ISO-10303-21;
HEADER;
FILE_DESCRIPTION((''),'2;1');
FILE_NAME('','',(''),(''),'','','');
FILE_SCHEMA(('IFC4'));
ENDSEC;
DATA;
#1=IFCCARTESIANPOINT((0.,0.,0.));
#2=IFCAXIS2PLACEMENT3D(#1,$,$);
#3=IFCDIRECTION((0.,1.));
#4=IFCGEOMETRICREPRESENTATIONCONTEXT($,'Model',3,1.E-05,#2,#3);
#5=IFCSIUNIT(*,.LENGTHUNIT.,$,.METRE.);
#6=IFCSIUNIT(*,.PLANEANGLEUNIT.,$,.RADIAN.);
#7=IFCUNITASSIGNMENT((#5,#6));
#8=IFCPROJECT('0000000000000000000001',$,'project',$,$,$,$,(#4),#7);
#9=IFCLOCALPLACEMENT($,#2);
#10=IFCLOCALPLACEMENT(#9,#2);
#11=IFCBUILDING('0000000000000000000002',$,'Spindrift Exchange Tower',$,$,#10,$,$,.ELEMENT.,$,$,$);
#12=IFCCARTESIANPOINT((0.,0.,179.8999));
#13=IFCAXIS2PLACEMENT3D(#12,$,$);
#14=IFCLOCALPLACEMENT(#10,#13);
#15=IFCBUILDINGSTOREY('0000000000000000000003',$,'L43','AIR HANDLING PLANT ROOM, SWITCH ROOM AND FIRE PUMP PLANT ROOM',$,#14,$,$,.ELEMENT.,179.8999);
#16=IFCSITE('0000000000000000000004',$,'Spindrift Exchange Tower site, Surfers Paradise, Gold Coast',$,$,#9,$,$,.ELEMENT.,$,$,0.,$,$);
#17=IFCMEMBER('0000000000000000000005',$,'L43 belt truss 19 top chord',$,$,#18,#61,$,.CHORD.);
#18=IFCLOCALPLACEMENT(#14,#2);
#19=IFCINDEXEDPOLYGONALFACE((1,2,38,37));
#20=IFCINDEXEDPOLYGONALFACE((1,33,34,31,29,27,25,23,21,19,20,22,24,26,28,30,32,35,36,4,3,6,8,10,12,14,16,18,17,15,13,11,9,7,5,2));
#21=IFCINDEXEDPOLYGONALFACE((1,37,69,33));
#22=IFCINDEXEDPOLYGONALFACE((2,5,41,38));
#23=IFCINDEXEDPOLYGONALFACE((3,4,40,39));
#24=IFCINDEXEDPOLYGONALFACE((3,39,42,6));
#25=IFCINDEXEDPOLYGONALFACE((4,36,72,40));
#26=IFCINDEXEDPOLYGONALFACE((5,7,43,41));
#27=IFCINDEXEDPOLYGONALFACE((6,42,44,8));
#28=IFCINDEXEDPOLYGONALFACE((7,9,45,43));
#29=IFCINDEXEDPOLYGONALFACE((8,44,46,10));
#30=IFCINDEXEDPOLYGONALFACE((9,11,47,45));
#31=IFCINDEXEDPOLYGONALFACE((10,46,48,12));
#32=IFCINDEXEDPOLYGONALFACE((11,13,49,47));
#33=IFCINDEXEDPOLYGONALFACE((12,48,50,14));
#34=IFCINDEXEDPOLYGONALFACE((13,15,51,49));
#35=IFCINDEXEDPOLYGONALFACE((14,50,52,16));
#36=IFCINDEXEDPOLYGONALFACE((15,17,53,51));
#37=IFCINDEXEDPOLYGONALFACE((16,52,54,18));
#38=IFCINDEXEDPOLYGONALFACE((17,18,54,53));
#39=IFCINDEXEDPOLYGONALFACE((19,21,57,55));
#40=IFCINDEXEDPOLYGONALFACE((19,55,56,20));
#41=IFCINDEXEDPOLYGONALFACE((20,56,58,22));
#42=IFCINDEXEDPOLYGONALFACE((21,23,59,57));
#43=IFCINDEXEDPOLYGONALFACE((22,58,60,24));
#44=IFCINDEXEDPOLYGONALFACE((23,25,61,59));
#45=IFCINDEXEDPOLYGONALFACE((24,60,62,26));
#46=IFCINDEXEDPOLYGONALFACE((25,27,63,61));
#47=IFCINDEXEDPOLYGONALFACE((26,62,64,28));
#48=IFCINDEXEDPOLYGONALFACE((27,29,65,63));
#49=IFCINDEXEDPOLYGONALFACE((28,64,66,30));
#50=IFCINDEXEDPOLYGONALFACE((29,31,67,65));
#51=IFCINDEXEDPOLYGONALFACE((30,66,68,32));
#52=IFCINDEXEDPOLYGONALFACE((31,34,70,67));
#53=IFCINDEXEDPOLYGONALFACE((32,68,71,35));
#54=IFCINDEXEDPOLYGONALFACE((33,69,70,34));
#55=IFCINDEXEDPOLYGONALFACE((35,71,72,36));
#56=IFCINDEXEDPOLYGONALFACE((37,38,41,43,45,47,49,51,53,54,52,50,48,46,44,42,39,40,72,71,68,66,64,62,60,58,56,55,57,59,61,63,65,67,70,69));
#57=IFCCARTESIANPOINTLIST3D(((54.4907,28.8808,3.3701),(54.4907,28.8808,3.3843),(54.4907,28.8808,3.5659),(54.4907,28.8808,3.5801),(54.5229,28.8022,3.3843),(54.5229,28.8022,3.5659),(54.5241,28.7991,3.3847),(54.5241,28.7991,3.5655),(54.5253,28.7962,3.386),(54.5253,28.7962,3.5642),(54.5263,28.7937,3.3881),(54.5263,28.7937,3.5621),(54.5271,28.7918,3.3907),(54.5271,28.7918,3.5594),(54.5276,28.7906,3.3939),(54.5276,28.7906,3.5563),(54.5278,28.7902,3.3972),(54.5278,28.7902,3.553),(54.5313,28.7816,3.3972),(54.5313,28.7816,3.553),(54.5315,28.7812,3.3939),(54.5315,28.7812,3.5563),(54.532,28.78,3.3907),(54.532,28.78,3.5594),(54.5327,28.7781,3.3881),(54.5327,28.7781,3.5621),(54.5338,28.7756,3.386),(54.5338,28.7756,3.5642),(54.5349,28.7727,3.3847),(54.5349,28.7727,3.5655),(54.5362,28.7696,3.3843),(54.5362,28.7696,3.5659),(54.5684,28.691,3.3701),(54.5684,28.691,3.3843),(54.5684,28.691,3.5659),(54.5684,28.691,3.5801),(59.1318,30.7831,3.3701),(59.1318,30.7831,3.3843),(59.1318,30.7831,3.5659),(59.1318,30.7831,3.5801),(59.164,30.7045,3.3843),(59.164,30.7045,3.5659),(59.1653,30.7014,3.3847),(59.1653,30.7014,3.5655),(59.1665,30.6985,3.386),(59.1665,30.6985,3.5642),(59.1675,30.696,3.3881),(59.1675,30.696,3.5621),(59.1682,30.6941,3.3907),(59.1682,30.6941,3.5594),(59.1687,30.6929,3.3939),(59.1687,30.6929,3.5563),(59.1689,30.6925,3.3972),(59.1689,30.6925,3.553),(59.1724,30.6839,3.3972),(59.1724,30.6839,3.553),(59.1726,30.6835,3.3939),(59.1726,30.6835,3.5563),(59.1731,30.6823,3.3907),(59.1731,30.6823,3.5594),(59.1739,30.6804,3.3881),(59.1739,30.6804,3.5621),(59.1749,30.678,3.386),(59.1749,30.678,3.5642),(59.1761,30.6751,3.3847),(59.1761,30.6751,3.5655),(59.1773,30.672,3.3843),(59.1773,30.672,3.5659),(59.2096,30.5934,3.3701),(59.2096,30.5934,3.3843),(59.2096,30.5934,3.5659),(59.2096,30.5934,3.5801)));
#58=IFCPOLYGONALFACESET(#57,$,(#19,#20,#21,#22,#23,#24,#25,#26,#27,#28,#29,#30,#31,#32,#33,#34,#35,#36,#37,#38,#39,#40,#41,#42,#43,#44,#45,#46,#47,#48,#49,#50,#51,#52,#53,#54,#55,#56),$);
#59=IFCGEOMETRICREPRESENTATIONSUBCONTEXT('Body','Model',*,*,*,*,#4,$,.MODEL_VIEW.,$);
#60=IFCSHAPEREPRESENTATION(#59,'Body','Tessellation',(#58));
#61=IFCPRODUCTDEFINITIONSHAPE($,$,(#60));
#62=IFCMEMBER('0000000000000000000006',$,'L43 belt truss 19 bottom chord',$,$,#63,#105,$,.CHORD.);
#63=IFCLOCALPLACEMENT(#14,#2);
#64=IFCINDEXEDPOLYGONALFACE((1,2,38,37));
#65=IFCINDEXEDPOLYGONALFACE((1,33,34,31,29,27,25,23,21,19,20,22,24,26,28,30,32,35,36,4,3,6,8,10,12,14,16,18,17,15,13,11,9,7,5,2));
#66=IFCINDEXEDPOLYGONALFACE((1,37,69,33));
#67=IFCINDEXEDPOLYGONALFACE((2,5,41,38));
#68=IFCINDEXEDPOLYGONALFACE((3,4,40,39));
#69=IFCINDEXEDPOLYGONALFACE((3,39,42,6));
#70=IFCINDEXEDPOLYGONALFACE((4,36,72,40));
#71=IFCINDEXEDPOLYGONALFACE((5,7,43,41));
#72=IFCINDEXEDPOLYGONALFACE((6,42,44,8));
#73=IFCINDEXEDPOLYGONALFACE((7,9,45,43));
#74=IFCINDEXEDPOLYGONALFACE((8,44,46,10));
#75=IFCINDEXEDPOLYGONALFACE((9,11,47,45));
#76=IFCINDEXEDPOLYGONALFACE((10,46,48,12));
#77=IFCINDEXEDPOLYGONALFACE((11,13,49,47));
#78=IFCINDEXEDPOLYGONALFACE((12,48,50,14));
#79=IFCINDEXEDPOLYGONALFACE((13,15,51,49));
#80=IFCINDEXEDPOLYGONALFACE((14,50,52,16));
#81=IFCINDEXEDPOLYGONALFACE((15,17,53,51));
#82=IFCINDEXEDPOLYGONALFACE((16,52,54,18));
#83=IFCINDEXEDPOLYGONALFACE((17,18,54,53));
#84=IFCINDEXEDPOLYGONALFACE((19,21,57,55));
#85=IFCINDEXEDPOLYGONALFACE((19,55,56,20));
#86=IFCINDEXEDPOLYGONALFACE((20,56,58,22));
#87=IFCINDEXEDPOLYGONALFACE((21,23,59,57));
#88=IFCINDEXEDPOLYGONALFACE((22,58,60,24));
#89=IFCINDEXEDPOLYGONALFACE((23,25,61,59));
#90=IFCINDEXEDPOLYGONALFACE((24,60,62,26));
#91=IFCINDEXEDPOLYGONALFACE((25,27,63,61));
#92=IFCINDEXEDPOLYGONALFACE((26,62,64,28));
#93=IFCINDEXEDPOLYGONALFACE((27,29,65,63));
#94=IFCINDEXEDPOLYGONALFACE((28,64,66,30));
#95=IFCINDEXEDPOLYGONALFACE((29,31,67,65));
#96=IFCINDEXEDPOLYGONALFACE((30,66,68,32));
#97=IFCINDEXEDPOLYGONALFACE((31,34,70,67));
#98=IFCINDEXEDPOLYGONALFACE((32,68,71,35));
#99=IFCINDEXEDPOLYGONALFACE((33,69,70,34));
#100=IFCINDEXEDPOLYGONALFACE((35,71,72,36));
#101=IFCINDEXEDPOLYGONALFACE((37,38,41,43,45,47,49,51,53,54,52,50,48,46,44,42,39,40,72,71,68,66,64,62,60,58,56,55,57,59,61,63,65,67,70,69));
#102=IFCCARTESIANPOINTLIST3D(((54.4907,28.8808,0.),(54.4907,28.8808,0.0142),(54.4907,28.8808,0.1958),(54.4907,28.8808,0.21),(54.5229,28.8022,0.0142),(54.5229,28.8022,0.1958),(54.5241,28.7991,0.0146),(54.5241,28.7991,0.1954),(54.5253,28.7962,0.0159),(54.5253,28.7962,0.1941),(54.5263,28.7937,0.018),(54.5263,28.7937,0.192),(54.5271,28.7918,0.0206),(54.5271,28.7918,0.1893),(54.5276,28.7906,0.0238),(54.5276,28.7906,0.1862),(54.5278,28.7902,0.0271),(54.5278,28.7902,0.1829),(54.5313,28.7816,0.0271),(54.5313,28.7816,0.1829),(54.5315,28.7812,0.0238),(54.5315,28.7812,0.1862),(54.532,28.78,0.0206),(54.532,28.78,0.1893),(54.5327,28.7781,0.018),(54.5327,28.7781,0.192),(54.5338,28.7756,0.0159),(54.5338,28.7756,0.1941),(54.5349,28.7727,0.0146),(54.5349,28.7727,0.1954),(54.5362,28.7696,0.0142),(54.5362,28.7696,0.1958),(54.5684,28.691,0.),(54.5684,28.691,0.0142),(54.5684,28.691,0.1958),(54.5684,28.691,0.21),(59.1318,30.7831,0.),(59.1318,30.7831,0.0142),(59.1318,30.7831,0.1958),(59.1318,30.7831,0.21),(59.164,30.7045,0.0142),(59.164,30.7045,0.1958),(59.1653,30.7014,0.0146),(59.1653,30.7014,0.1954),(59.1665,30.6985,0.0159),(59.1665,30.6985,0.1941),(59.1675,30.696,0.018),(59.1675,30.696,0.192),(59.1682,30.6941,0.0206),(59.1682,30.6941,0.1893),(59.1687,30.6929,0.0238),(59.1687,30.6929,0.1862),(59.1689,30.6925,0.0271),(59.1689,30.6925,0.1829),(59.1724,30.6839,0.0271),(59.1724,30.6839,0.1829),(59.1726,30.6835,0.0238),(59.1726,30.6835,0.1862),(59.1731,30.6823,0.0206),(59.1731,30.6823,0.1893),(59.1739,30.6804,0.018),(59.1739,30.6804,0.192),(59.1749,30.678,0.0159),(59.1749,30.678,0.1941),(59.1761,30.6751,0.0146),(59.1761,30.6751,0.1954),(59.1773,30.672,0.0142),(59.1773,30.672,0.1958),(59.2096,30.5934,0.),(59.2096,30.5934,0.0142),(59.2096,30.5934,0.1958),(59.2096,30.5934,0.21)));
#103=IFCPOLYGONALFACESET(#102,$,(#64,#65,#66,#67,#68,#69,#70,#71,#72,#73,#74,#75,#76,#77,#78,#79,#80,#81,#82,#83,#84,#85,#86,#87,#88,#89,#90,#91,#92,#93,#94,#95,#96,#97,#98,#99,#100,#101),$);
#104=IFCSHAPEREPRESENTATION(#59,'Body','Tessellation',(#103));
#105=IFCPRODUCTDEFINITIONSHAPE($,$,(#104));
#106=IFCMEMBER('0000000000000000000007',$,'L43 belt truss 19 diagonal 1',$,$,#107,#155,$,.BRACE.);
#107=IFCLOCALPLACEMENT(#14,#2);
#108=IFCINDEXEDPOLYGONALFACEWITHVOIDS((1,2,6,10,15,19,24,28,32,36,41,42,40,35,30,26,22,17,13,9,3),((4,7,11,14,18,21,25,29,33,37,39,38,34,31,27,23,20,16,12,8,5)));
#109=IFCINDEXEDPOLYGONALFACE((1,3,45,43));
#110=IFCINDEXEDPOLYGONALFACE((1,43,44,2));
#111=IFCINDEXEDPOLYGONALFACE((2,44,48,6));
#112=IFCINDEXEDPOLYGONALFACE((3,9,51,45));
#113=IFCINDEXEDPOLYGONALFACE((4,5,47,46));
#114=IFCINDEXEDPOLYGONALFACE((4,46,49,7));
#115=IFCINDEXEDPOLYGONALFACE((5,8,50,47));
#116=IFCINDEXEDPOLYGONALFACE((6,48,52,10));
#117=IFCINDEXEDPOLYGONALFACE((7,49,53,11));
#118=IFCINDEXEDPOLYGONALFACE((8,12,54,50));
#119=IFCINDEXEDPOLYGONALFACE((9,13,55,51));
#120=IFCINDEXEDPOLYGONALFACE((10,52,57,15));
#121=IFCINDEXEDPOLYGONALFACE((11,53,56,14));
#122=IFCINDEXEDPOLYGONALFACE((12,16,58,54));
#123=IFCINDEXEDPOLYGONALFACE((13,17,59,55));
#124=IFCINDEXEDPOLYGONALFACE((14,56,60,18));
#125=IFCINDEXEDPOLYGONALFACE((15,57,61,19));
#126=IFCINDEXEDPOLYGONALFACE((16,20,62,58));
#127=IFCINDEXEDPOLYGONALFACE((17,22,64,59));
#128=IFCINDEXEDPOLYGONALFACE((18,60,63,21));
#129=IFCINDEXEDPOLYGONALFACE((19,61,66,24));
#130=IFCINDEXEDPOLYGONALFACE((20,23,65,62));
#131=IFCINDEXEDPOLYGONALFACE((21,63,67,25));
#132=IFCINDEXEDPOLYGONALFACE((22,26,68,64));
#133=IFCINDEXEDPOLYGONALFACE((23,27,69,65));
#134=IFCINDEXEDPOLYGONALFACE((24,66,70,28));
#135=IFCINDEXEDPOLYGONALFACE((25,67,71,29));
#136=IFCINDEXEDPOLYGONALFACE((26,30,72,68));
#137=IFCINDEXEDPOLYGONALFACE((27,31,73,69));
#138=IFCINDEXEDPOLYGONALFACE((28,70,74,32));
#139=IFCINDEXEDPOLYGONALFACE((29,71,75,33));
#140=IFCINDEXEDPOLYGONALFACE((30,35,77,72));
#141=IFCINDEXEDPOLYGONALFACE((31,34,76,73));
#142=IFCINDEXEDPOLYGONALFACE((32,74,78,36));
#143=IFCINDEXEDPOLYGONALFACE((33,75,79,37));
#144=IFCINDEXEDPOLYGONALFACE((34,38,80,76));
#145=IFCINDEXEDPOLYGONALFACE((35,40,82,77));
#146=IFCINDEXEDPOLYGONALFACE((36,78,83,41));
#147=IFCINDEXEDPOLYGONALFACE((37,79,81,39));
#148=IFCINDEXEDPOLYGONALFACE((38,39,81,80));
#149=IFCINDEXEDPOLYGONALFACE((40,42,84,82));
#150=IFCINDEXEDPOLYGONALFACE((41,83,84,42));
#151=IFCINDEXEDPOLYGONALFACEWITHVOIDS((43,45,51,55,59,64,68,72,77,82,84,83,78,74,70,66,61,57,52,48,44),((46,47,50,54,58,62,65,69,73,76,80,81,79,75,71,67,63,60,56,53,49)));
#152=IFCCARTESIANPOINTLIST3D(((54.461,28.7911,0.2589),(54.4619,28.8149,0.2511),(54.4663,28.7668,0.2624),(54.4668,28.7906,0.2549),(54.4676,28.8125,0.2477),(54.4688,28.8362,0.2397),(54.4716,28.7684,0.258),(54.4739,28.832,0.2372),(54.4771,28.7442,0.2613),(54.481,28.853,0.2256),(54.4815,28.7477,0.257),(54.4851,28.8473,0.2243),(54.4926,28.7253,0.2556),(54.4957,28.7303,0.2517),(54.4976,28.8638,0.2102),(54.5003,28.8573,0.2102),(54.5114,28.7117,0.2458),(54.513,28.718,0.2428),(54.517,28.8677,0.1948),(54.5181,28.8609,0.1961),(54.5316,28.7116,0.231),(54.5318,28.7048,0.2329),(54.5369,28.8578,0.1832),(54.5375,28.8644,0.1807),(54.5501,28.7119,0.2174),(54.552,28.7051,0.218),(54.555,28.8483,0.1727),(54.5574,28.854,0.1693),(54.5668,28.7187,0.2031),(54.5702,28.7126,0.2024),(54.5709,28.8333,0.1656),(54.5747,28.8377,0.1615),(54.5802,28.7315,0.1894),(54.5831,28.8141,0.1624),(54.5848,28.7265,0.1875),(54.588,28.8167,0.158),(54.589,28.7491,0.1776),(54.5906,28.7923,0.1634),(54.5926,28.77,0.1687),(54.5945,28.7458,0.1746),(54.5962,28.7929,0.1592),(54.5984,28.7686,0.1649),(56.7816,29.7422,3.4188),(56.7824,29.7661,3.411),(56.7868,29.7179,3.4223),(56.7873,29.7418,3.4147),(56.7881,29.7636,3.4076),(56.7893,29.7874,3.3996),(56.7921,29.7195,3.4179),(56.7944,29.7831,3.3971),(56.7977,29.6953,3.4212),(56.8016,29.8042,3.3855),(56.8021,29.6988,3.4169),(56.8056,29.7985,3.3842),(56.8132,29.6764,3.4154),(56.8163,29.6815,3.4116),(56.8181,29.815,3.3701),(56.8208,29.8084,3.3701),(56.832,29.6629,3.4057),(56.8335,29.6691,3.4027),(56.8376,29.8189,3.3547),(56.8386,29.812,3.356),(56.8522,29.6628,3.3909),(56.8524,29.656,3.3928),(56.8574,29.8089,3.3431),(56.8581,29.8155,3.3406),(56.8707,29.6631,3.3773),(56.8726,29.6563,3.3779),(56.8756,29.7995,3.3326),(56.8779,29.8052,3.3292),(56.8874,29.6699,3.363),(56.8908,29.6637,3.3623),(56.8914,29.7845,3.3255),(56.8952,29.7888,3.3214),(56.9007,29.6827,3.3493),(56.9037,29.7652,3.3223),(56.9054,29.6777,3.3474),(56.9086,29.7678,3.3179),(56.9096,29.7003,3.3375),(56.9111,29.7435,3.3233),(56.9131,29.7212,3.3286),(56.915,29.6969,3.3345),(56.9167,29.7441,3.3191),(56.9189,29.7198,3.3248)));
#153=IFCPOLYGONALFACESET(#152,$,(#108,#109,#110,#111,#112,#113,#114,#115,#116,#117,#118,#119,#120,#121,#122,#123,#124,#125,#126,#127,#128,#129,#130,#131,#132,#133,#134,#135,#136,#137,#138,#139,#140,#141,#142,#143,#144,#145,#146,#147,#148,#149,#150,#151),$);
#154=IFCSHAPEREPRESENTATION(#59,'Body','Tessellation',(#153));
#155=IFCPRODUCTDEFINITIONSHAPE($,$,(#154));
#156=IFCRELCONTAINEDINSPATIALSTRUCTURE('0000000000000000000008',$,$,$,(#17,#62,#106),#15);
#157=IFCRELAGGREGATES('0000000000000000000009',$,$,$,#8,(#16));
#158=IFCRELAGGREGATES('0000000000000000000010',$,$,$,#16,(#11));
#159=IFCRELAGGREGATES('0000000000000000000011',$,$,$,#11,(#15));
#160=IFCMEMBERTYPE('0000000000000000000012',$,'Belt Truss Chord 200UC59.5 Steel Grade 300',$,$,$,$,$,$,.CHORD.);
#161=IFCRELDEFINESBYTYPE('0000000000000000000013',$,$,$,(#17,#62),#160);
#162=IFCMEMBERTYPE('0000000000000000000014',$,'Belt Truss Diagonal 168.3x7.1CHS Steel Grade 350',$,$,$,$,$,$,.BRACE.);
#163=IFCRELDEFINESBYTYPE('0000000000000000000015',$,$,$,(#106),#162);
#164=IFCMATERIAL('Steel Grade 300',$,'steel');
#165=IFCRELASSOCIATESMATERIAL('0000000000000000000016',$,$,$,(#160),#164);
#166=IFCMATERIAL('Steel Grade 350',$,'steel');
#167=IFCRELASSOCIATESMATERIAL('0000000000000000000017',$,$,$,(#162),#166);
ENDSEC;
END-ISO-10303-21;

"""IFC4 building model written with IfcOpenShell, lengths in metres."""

from ifc_helpers import new_model, si_unit, direction, frame, origin, origin_2d, place, context, subcontext, project, spatial, hollow_circle, i_section, extrude, source, transform, mapped, material, material_profile, profile_set, type_object, element, save


model = new_model("IFC4")

# Units and contexts
model_context = context("Model", 3, precision=1e-05, world=origin(), true_north=direction((0.0, 1.0)))
body_context = subcontext(model_context, "Body", "Model", "MODEL_VIEW")
ifc_project = project(units=[si_unit("LENGTHUNIT", "METRE"), si_unit("PLANEANGLEUNIT", "RADIAN")], contexts=[model_context])

# Site, building, storey
site_placement = place(None, origin())
site = spatial("IfcSite", under=ifc_project, at=site_placement, Name="Spindrift Exchange Tower site, Surfers Paradise, Gold Coast", CompositionType="ELEMENT", RefElevation=0.0)
building_placement = place(site_placement, origin())
building = spatial("IfcBuilding", under=site, at=building_placement, Name="Spindrift Exchange Tower", CompositionType="ELEMENT")
storey_placement = place(building_placement, frame((0.0, 0.0, 179.8999)))
storey = spatial("IfcBuildingStorey", under=building, at=storey_placement, Name="L43", Description="AIR HANDLING PLANT ROOM, SWITCH ROOM AND FIRE PUMP PLANT ROOM", CompositionType="ELEMENT", Elevation=179.8999)

# Shared definitions
ifc_material_1 = material(Name="Steel Grade 300", Category="steel")

# Members
ifc_material_profile_1 = material_profile(ifc_material_1, i_section(OverallWidth=0.2051, OverallDepth=0.21, WebThickness=0.0093, FlangeThickness=0.0142, FilletRadius=0.0129, at=origin_2d()), Name="200UC59.5")
ifc_profile_set_1 = profile_set([ifc_material_profile_1], Name="Steel Grade 300")
member_type_1 = type_object("IfcMemberType", Name="Belt Truss Chord 200UC59.5 Steel Grade 300", PredefinedType="CHORD", material=ifc_profile_set_1)
shared_shape_1 = source(origin(), body_context, "Body", "SweptSolid", [
    extrude(i_section(OverallWidth=0.2051, OverallDepth=0.21, WebThickness=0.0093, FlangeThickness=0.0142, FilletRadius=0.0129, at=origin_2d()), origin(), (0.0, 0.0, 1.0), 5.0159),
])
for number, where, z_axis, x_axis, name in (
    (1, (54.5295, 28.7859, 3.4751), (0.925288, 0.379266, 0.0), (-0.379266, 0.925288, 0.0), "L43 belt truss 19 top chord"),
    (2, (54.5295, 28.7859, 0.105), (0.925288, 0.379266, 0.0), (-0.379266, 0.925288, 0.0), "L43 belt truss 19 bottom chord"),
):
    element("IfcMember", number, at=place(storey_placement, frame(where, z_axis=z_axis, x_axis=x_axis)), inside=storey, type_object=member_type_1, Name=name, PredefinedType="CHORD", context=body_context, shape_type="MappedRepresentation", body=[
        mapped(shared_shape_1, transform((0.0, 0.0, 0.0), scale=1.0)),
    ])
ifc_material_2 = material(Name="Steel Grade 350", Category="steel")
ifc_material_profile_2 = material_profile(ifc_material_2, hollow_circle(Radius=0.0842, WallThickness=0.0071, at=origin_2d()), Name="168.3x7.1CHS")
ifc_profile_set_2 = profile_set([ifc_material_profile_2], Name="Steel Grade 350")
member_type_2 = type_object("IfcMemberType", Name="Belt Truss Diagonal 168.3x7.1CHS Steel Grade 350", PredefinedType="BRACE", material=ifc_profile_set_2)
shared_shape_2 = source(origin(), body_context, "Body", "SweptSolid", [
    extrude(hollow_circle(Radius=0.0842, WallThickness=0.0071, at=origin_2d()), origin(), (0.0, 0.0, 1.0), 4.0342),
])
for number, where, z_axis, x_axis, name in (
    (3, (54.5295, 28.7859, 0.2102), (0.575221, 0.235777, 0.783281), (-0.379266, 0.925288, 0.0), "L43 belt truss 19 diagonal 1"),
):
    element("IfcMember", number, at=place(storey_placement, frame(where, z_axis=z_axis, x_axis=x_axis)), inside=storey, type_object=member_type_2, Name=name, PredefinedType="BRACE", context=body_context, shape_type="MappedRepresentation", body=[
        mapped(shared_shape_2, transform((0.0, 0.0, 0.0), scale=1.0)),
    ])

save(model, "model.ifc")
